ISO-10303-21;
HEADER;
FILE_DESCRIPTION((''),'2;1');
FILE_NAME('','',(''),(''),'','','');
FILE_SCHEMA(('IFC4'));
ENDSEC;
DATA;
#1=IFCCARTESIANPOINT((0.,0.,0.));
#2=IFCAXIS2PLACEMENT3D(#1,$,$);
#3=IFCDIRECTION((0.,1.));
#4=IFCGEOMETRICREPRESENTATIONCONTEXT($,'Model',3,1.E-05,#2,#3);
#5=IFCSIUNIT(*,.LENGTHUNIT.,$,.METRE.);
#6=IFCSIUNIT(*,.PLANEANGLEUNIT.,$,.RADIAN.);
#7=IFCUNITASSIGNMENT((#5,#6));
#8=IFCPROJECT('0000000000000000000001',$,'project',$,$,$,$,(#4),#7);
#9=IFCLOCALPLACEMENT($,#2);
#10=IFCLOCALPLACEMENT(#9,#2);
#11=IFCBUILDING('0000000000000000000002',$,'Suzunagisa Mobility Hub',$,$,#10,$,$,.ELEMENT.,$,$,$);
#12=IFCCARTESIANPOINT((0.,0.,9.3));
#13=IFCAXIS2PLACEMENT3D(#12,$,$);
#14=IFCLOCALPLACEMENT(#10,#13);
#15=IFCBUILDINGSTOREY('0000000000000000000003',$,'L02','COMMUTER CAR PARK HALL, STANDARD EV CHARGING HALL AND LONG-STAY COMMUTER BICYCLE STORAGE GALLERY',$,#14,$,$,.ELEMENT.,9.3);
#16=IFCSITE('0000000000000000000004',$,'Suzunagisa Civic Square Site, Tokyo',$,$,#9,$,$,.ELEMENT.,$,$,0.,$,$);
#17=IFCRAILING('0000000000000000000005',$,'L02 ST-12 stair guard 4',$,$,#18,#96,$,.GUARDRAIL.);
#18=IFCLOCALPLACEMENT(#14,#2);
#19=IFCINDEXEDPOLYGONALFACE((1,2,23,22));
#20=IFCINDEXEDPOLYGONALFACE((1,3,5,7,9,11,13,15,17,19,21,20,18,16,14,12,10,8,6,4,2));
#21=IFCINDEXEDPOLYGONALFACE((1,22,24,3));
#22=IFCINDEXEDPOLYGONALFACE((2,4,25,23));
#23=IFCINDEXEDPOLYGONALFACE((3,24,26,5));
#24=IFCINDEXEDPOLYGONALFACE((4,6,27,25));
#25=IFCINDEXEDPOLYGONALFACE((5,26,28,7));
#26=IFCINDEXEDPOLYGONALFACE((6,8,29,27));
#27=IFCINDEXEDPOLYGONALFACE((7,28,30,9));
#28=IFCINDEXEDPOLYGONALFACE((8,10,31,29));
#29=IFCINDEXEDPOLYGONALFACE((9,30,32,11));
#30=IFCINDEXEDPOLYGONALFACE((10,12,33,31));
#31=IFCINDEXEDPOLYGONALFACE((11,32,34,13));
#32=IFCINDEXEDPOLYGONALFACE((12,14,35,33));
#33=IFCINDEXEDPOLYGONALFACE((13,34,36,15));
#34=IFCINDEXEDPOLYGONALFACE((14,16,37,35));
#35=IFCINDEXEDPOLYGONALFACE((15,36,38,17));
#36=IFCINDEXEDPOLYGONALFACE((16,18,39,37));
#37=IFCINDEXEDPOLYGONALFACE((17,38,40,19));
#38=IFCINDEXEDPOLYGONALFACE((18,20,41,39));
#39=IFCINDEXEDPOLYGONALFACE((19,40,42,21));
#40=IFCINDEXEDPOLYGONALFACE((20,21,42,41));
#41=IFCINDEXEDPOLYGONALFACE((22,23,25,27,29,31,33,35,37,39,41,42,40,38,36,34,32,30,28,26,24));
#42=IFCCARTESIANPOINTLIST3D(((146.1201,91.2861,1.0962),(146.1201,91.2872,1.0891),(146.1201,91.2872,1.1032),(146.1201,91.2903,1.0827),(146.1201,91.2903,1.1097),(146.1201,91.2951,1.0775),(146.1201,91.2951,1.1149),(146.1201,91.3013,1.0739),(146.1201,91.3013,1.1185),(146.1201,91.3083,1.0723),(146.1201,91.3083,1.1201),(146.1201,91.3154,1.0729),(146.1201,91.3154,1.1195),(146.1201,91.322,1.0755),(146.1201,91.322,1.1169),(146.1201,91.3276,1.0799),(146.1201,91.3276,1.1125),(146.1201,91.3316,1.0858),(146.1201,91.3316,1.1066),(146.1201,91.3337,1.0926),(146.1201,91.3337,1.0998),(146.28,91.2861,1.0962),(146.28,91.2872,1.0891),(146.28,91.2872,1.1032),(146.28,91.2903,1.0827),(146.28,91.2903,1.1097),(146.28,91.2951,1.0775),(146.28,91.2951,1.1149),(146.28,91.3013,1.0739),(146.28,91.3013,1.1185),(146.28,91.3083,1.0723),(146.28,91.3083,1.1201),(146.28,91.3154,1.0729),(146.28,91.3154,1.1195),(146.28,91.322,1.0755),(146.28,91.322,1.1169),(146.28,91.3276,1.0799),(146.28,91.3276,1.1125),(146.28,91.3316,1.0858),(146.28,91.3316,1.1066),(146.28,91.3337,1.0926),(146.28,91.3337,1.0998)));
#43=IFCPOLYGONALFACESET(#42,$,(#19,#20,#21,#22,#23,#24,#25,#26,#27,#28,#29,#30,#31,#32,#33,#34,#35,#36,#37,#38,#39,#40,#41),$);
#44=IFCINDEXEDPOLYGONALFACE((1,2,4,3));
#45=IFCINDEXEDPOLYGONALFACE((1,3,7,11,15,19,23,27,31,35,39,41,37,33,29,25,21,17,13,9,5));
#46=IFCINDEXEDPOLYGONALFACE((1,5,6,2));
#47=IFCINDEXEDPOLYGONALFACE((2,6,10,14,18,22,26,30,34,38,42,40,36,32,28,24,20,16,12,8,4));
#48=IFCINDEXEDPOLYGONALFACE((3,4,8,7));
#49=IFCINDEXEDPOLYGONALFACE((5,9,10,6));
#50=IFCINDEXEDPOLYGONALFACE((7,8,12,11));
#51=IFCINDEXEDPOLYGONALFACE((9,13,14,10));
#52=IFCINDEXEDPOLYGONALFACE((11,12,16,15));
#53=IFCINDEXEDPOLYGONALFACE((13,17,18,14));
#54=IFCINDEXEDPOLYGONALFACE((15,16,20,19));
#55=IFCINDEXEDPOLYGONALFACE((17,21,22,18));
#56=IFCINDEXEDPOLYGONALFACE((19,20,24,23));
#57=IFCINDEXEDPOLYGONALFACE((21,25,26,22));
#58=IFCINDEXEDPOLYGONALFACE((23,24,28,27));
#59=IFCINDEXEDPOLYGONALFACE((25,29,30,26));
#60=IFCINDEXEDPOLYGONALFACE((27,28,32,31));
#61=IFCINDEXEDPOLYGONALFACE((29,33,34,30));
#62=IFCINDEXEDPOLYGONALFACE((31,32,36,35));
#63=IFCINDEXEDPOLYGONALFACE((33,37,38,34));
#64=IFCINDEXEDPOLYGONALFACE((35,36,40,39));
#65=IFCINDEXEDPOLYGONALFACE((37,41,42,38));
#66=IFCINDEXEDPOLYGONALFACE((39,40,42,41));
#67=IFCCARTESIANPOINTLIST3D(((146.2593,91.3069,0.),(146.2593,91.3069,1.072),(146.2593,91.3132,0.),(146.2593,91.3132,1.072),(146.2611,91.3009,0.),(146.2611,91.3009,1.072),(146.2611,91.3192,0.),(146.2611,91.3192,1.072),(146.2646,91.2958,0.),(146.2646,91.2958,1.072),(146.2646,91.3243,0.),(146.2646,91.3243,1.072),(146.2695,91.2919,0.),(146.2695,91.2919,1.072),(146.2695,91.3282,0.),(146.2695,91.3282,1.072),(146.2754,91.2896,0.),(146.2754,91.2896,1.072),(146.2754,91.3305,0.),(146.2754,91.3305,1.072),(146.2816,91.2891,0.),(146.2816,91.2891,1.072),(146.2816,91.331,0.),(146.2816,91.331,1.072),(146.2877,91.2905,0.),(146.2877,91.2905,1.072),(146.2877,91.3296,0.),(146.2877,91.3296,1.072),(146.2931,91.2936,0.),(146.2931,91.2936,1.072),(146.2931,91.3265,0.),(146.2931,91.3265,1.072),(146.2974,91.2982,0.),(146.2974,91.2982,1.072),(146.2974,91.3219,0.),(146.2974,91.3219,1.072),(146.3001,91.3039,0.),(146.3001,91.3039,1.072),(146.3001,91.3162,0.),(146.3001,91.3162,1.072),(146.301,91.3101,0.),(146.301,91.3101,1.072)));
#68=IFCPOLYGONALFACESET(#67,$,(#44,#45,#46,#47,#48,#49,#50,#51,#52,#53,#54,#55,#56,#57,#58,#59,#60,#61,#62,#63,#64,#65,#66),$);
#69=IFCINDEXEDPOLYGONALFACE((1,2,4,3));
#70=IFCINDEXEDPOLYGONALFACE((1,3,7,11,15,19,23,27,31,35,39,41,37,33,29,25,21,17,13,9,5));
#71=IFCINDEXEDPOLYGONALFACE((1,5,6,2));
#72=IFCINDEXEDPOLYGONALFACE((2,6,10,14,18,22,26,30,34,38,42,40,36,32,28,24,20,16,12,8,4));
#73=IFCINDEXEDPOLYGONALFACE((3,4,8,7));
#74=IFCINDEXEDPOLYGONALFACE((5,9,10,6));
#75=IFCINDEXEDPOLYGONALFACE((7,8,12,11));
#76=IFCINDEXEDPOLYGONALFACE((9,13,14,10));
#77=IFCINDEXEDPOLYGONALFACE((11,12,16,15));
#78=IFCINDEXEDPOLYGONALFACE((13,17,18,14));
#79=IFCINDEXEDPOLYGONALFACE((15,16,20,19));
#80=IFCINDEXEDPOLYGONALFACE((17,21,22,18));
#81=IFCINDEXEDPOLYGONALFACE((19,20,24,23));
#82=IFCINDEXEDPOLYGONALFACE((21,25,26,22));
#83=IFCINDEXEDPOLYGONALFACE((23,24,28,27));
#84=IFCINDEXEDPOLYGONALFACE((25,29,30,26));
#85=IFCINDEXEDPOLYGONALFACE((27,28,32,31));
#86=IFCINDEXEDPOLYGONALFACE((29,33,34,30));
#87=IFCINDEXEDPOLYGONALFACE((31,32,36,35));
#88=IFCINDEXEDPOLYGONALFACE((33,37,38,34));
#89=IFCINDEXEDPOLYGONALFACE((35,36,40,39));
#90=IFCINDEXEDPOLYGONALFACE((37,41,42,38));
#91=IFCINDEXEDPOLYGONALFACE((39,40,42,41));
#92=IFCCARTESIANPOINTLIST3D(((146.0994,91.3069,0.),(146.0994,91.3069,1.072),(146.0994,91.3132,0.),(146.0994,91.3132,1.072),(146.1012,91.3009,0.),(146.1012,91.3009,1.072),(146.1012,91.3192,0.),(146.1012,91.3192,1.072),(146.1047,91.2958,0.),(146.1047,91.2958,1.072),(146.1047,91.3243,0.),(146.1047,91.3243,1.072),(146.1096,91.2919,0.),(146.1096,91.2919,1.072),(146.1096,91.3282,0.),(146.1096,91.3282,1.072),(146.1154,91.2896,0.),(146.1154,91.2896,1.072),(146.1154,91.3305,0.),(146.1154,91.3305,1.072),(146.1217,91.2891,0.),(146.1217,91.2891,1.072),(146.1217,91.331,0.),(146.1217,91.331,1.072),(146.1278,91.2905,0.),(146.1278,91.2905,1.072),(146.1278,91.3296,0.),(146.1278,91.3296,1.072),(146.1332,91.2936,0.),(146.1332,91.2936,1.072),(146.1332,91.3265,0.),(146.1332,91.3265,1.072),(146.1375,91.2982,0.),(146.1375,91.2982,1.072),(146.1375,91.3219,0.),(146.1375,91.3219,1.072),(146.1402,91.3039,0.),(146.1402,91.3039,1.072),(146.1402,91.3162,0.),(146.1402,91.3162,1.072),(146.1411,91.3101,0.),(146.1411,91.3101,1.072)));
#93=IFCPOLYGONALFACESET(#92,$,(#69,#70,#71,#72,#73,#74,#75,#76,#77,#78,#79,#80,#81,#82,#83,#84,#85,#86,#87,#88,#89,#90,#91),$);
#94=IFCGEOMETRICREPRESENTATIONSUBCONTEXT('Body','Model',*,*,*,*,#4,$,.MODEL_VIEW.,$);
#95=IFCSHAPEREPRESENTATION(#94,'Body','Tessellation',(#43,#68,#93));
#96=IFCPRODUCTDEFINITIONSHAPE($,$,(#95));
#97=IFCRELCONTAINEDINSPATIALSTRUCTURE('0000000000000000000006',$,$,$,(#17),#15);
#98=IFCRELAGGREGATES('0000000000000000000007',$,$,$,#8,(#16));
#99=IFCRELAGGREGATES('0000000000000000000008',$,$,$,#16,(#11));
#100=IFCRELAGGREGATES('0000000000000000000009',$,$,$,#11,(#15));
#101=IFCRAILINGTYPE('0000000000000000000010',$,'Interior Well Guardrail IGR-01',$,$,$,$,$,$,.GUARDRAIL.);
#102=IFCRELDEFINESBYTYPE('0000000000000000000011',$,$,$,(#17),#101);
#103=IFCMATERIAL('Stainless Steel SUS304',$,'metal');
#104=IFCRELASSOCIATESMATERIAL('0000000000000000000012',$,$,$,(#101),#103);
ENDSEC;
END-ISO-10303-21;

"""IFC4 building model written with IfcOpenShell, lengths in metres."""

from ifc_helpers import new_model, si_unit, direction, frame, origin, origin_2d, place, context, subcontext, project, spatial, circle, extrude, material, type_object, element, save


model = new_model("IFC4")

# Units and contexts
model_context = context("Model", 3, precision=1e-05, world=origin(), true_north=direction((0.0, 1.0)))
body_context = subcontext(model_context, "Body", "Model", "MODEL_VIEW")
ifc_project = project(units=[si_unit("LENGTHUNIT", "METRE"), si_unit("PLANEANGLEUNIT", "RADIAN")], contexts=[model_context])

# Site, building, storey
site_placement = place(None, origin())
site = spatial("IfcSite", under=ifc_project, at=site_placement, Name="Suzunagisa Civic Square Site, Tokyo", CompositionType="ELEMENT", RefElevation=0.0)
building_placement = place(site_placement, origin())
building = spatial("IfcBuilding", under=site, at=building_placement, Name="Suzunagisa Mobility Hub", CompositionType="ELEMENT")
storey_placement = place(building_placement, frame((0.0, 0.0, 9.3)))
storey = spatial("IfcBuildingStorey", under=building, at=storey_placement, Name="L02", Description="COMMUTER CAR PARK HALL, STANDARD EV CHARGING HALL AND LONG-STAY COMMUTER BICYCLE STORAGE GALLERY", CompositionType="ELEMENT", Elevation=9.3)

# Railing
ifc_material_1 = material(Name="Stainless Steel SUS304", Category="metal")
railing_type_1 = type_object("IfcRailingType", Name="Interior Well Guardrail IGR-01", PredefinedType="GUARDRAIL", material=ifc_material_1)
railing_1_placement = place(storey_placement, frame((146.28, 91.3101, 0.0)))
element("IfcRailing", 1, at=railing_1_placement, inside=storey, type_object=railing_type_1, Name="L02 ST-12 stair guard 4", PredefinedType="GUARDRAIL", context=body_context, shape_type="SweptSolid", body=[
    extrude(circle(Radius=0.0239, at=origin_2d()), frame((0.0, 0.0, 1.0962), z_axis=(-1.0, 0.0, 0.0), x_axis=(0.0, -1.0, 0.0)), (0.0, 0.0, 1.0), 0.1599),
    extrude(circle(Radius=0.021, at=origin_2d()), origin(), (0.0, 0.0, 1.0), 1.072),
    extrude(circle(Radius=0.021, at=origin_2d()), frame((-0.1599, 0.0, 0.0)), (0.0, 0.0, 1.0), 1.072),
])

save(model, "model.ifc")
